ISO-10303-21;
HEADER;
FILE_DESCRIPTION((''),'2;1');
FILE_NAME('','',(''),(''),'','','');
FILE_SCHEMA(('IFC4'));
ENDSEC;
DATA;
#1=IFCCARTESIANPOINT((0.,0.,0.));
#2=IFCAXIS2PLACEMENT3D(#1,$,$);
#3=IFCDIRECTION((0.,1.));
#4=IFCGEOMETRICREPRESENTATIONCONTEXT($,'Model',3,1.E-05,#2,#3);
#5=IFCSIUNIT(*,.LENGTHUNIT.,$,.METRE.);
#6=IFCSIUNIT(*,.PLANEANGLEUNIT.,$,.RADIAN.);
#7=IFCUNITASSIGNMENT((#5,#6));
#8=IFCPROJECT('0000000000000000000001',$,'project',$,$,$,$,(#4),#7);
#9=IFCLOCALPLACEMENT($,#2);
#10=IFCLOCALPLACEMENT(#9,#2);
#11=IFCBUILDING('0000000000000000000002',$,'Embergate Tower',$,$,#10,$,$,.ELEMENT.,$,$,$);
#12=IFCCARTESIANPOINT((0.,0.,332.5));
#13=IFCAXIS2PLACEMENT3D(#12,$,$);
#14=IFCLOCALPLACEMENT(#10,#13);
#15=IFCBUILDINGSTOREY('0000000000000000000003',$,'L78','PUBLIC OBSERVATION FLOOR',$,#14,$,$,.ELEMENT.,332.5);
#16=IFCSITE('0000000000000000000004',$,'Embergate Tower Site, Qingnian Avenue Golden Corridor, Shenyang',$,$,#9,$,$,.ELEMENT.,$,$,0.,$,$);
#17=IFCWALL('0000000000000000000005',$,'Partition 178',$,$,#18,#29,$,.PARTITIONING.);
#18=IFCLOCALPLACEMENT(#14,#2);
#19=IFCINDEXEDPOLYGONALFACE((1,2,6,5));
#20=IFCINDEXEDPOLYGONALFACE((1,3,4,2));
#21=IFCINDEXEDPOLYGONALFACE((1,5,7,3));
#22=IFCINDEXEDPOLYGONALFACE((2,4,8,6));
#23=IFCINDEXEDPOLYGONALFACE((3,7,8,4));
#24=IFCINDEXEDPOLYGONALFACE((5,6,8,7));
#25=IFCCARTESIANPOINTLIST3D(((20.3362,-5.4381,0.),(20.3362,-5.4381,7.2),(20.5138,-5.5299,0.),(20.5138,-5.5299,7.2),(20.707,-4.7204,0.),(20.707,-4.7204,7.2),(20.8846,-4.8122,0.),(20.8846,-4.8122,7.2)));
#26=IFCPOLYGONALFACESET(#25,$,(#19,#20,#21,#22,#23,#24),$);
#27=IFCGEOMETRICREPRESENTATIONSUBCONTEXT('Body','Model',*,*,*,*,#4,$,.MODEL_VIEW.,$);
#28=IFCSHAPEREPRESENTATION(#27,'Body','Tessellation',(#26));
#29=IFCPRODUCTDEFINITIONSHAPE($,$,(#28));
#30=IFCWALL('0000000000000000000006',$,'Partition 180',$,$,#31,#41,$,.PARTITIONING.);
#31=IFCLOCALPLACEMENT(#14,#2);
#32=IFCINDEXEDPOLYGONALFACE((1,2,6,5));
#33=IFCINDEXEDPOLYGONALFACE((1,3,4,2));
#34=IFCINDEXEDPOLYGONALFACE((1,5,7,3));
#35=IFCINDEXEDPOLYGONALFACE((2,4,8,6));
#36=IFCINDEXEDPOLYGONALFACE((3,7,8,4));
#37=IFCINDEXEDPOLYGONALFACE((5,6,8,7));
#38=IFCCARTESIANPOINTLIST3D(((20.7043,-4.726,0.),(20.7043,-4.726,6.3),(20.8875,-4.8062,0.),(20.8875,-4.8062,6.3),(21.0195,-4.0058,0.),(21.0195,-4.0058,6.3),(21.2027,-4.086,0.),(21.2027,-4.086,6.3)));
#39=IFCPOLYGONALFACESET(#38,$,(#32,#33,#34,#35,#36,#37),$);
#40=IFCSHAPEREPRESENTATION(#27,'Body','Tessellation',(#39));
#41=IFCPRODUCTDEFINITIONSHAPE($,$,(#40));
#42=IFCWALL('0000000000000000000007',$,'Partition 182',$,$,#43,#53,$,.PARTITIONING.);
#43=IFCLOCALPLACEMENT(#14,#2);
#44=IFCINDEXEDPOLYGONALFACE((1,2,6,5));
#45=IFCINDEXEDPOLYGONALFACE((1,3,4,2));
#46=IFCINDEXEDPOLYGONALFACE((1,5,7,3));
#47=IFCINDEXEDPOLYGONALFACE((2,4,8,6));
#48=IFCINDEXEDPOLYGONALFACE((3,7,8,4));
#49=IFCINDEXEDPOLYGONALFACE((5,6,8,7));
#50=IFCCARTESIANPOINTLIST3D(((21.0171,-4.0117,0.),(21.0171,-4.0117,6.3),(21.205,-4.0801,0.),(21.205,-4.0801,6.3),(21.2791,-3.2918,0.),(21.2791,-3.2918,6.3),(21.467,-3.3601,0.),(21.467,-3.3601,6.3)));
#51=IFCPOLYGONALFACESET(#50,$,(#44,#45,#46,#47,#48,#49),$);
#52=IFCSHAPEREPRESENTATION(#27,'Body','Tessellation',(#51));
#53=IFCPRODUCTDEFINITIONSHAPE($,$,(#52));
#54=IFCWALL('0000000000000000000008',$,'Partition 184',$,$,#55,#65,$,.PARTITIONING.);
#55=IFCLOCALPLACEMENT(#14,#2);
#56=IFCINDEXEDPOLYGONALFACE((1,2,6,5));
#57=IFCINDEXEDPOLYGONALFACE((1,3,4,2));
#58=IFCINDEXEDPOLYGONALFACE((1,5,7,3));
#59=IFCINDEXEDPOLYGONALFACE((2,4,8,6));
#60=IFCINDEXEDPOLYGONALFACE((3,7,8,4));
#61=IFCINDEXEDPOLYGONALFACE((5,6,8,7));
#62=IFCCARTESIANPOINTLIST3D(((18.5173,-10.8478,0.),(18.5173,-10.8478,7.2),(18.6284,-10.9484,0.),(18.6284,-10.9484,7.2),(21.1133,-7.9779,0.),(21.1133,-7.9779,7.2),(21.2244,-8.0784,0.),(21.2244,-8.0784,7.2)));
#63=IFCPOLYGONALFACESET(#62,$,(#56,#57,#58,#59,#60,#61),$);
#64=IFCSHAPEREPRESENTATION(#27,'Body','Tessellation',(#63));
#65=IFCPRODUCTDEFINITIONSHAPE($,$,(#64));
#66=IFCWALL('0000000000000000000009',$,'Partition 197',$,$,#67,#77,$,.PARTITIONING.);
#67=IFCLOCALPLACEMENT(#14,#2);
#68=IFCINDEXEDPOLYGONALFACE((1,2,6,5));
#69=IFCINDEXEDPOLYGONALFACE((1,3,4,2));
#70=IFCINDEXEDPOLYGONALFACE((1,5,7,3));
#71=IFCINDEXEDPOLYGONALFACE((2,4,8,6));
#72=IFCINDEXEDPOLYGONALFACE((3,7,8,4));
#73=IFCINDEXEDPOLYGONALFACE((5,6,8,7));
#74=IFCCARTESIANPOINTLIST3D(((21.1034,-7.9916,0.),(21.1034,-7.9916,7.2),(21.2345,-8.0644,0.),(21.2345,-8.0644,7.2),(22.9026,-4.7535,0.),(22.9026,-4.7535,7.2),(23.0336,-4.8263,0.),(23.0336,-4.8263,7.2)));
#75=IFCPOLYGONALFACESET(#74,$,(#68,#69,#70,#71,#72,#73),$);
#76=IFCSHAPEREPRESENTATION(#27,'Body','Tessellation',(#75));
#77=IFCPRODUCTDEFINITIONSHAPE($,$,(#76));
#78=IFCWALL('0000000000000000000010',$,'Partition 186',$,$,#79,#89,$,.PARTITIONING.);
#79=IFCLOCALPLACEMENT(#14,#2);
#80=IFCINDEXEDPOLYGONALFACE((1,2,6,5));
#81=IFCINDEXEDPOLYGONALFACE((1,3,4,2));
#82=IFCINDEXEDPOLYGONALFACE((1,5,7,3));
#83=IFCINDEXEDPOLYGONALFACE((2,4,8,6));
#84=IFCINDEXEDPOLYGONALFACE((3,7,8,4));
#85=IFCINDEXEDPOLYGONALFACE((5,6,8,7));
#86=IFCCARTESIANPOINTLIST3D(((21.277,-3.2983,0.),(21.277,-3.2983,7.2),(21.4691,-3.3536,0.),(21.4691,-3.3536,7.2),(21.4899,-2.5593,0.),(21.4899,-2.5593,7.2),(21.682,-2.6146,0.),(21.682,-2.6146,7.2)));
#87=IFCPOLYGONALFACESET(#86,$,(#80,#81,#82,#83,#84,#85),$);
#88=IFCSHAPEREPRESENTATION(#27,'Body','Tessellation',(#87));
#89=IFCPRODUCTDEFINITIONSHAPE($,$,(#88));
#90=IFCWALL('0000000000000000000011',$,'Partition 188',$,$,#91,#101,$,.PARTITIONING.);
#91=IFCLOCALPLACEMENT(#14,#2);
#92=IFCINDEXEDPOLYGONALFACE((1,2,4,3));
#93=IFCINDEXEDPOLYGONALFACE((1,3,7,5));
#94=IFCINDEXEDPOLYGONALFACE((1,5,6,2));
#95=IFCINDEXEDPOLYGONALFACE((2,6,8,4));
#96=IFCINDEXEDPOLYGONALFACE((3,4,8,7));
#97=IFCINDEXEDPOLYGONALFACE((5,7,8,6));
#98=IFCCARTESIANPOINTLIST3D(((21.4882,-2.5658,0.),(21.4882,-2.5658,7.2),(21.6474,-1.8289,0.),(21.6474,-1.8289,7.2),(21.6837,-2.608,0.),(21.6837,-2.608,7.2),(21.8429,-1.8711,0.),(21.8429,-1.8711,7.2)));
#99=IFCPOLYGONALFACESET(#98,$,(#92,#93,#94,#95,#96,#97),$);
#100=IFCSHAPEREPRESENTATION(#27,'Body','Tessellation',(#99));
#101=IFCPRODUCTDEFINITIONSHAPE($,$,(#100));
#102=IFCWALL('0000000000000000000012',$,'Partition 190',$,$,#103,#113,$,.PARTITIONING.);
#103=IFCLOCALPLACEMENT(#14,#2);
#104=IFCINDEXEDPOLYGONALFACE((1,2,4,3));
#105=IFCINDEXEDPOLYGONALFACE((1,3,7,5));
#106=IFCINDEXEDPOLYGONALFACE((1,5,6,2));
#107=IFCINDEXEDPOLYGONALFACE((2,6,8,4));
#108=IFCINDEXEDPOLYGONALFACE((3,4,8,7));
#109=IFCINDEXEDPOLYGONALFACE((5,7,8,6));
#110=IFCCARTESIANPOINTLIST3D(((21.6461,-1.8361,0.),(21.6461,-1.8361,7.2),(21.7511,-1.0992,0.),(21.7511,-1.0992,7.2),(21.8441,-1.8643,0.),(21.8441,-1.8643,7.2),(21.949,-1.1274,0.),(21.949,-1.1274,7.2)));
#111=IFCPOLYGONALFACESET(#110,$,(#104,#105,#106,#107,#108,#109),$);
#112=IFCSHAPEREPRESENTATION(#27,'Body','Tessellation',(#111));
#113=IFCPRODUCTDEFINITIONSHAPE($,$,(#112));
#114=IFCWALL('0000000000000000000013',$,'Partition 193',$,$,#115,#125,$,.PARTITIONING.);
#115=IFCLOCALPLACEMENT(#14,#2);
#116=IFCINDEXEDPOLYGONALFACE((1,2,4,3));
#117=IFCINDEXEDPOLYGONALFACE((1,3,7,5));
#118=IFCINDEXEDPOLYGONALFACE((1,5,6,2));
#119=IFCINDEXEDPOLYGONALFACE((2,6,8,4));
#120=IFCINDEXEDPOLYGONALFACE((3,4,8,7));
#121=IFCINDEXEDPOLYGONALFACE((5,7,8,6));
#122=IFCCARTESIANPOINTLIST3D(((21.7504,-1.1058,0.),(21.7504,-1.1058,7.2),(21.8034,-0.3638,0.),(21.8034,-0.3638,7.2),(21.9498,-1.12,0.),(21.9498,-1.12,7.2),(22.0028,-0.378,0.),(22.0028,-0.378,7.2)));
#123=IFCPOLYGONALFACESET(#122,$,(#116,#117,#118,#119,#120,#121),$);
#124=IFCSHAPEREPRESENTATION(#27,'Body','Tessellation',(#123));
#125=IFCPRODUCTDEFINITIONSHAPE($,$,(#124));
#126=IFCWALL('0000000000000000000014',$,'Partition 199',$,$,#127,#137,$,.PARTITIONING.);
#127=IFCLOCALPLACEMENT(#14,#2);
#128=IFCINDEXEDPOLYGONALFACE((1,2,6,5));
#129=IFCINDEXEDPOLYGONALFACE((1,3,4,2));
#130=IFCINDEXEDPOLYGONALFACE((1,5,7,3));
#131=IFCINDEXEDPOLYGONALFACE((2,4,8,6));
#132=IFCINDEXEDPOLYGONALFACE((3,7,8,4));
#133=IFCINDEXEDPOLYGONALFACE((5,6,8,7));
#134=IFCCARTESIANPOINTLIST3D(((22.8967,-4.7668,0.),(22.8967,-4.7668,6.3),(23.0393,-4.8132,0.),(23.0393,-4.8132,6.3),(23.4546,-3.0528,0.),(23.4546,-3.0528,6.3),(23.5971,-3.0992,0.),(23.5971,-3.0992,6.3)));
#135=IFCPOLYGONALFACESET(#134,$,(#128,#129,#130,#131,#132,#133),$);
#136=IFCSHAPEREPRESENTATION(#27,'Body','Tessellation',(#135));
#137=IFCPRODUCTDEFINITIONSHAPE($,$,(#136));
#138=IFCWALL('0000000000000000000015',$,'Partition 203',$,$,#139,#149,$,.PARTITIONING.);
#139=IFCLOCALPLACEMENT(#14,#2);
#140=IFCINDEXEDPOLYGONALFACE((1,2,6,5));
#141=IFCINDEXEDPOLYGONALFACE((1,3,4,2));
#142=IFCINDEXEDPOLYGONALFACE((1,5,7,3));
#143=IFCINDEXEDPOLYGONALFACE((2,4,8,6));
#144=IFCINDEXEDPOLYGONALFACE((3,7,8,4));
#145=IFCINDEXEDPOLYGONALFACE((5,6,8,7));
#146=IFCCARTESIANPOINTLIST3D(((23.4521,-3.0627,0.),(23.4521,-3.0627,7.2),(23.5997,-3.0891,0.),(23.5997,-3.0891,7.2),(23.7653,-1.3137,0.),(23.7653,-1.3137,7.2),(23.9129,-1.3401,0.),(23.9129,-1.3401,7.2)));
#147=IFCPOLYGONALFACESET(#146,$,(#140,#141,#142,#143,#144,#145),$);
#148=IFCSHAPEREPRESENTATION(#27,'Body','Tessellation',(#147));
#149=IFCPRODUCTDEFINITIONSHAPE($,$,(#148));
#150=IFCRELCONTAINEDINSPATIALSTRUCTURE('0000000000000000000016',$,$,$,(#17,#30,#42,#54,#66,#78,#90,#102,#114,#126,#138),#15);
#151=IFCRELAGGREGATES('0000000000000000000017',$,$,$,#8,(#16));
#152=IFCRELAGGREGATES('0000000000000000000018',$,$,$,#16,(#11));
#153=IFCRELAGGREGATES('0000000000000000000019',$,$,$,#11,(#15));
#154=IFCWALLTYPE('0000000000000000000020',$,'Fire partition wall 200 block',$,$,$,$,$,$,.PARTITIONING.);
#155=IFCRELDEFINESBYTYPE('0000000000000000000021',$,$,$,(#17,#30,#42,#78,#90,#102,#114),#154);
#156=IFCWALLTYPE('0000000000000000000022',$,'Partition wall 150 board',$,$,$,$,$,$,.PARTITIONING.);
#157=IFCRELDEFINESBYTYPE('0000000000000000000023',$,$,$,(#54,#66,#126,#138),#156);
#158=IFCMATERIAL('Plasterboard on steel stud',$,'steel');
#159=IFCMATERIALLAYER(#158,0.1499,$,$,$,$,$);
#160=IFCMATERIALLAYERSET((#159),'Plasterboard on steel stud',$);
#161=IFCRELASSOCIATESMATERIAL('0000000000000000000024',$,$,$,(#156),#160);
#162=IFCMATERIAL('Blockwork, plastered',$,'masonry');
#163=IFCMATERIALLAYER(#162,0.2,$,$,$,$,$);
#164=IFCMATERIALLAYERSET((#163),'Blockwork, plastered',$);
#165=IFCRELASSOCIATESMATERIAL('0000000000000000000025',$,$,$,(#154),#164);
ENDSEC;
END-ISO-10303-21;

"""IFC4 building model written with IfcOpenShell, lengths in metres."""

from ifc_helpers import new_model, si_unit, direction, frame, frame_2d, origin, place, context, subcontext, project, spatial, rectangle, extrude, source, transform, mapped, material, layer, layer_set, type_object, element, save


model = new_model("IFC4")

# Units and contexts
model_context = context("Model", 3, precision=1e-05, world=origin(), true_north=direction((0.0, 1.0)))
body_context = subcontext(model_context, "Body", "Model", "MODEL_VIEW")
ifc_project = project(units=[si_unit("LENGTHUNIT", "METRE"), si_unit("PLANEANGLEUNIT", "RADIAN")], contexts=[model_context])

# Site, building, storey
site_placement = place(None, origin())
site = spatial("IfcSite", under=ifc_project, at=site_placement, Name="Embergate Tower Site, Qingnian Avenue Golden Corridor, Shenyang", CompositionType="ELEMENT", RefElevation=0.0)
building_placement = place(site_placement, origin())
building = spatial("IfcBuilding", under=site, at=building_placement, Name="Embergate Tower", CompositionType="ELEMENT")
storey_placement = place(building_placement, frame((0.0, 0.0, 332.5)))
storey = spatial("IfcBuildingStorey", under=building, at=storey_placement, Name="L78", Description="PUBLIC OBSERVATION FLOOR", CompositionType="ELEMENT", Elevation=332.5)

# Shared definitions
ifc_material_1 = material(Name="Plasterboard on steel stud", Category="steel")
ifc_layer_1 = layer(ifc_material_1, 0.1499)
ifc_layer_set_1 = layer_set([ifc_layer_1], Name="Plasterboard on steel stud")
wall_type_1 = type_object("IfcWallType", Name="Partition wall 150 board", PredefinedType="PARTITIONING", material=ifc_layer_set_1)

# Walls
ifc_material_2 = material(Name="Blockwork, plastered", Category="masonry")
ifc_layer_2 = layer(ifc_material_2, 0.2)
ifc_layer_set_2 = layer_set([ifc_layer_2], Name="Blockwork, plastered")
wall_type_2 = type_object("IfcWallType", Name="Fire partition wall 200 block", PredefinedType="PARTITIONING", material=ifc_layer_set_2)
shared_shape_1 = source(origin(), body_context, "Body", "SweptSolid", [
    extrude(rectangle(XDim=0.8079, YDim=0.2, at=frame_2d((0.4038, 0.0))), origin(), (0.0, 0.0, 1.0), 7.2),
])
wall_1_placement = place(storey_placement, frame((20.425, -5.4839, 0.0), z_axis=(0.0, 0.0, 1.0), x_axis=(0.45902, 0.888426, 0.0)))
element("IfcWall", 1, at=wall_1_placement, inside=storey, type_object=wall_type_2, Name="Partition 178", PredefinedType="PARTITIONING", context=body_context, shape_type="MappedRepresentation", body=[
    mapped(shared_shape_1, transform((0.0, 0.0, 0.0))),
])
shared_shape_2 = source(origin(), body_context, "Body", "SweptSolid", [
    extrude(rectangle(XDim=0.7861, YDim=0.2, at=frame_2d((0.3931, 0.0))), origin(), (0.0, 0.0, 1.0), 6.3),
])
wall_2_placement = place(storey_placement, frame((20.7959, -4.7661, 0.0), z_axis=(0.0, 0.0, 1.0), x_axis=(0.400917, 0.916115, 0.0)))
element("IfcWall", 2, at=wall_2_placement, inside=storey, type_object=wall_type_2, Name="Partition 180", PredefinedType="PARTITIONING", context=body_context, shape_type="MappedRepresentation", body=[
    mapped(shared_shape_2, transform((0.0, 0.0, 0.0))),
])
shared_shape_3 = source(origin(), body_context, "Body", "SweptSolid", [
    extrude(rectangle(XDim=0.7661, YDim=0.2, at=frame_2d((0.3831, 0.0))), origin(), (0.0, 0.0, 1.0), 6.3),
])
wall_3_placement = place(storey_placement, frame((21.1111, -4.0459, 0.0), z_axis=(0.0, 0.0, 1.0), x_axis=(0.341922, 0.939728, 0.0)))
element("IfcWall", 3, at=wall_3_placement, inside=storey, type_object=wall_type_2, Name="Partition 182", PredefinedType="PARTITIONING", context=body_context, shape_type="MappedRepresentation", body=[
    mapped(shared_shape_3, transform((0.0, 0.0, 0.0))),
])
shared_shape_4 = source(origin(), body_context, "Body", "SweptSolid", [
    extrude(rectangle(XDim=3.8699, YDim=0.1499, at=frame_2d((1.9351, 0.0))), origin(), (0.0, 0.0, 1.0), 7.2),
])
wall_4_placement = place(storey_placement, frame((21.1689, -8.0281, 0.0), z_axis=(0.0, 0.0, 1.0), x_axis=(-0.670827, -0.741613, 0.0)))
element("IfcWall", 4, at=wall_4_placement, inside=storey, type_object=wall_type_1, Name="Partition 184", PredefinedType="PARTITIONING", context=body_context, shape_type="MappedRepresentation", body=[
    mapped(shared_shape_4, transform((0.0, 0.0, 0.0))),
])
shared_shape_5 = source(origin(), body_context, "Body", "SweptSolid", [
    extrude(rectangle(XDim=3.7043, YDim=0.1499, at=frame_2d((1.8521, 0.0))), origin(), (0.0, 0.0, 1.0), 7.2),
])
wall_5_placement = place(storey_placement, frame((22.968, -4.79, 0.0), z_axis=(0.0, 0.0, 1.0), x_axis=(-0.485677, -0.874139, 0.0)))
element("IfcWall", 5, at=wall_5_placement, inside=storey, type_object=wall_type_1, Name="Partition 197", PredefinedType="PARTITIONING", context=body_context, shape_type="MappedRepresentation", body=[
    mapped(shared_shape_5, transform((0.0, 0.0, 0.0))),
])
shared_shape_6 = source(origin(), body_context, "Body", "SweptSolid", [
    extrude(rectangle(XDim=0.769, YDim=0.2, at=frame_2d((0.3845, 0.0))), origin(), (0.0, 0.0, 1.0), 7.2),
])
wall_6_placement = place(storey_placement, frame((21.373, -3.3259, 0.0), z_axis=(0.0, 0.0, 1.0), x_axis=(0.276817, 0.960923, 0.0)))
element("IfcWall", 6, at=wall_6_placement, inside=storey, type_object=wall_type_2, Name="Partition 186", PredefinedType="PARTITIONING", context=body_context, shape_type="MappedRepresentation", body=[
    mapped(shared_shape_6, transform((0.0, 0.0, 0.0))),
])
shared_shape_7 = source(origin(), body_context, "Body", "SweptSolid", [
    extrude(rectangle(XDim=0.7539, YDim=0.2, at=frame_2d((0.377, 0.0))), origin(), (0.0, 0.0, 1.0), 7.2),
])
wall_7_placement = place(storey_placement, frame((21.5859, -2.5869, 0.0), z_axis=(0.0, 0.0, 1.0), x_axis=(0.211166, 0.97745, 0.0)))
element("IfcWall", 7, at=wall_7_placement, inside=storey, type_object=wall_type_2, Name="Partition 188", PredefinedType="PARTITIONING", context=body_context, shape_type="MappedRepresentation", body=[
    mapped(shared_shape_7, transform((0.0, 0.0, 0.0))),
])
shared_shape_8 = source(origin(), body_context, "Body", "SweptSolid", [
    extrude(rectangle(XDim=0.7444, YDim=0.2, at=frame_2d((0.3721, 0.0))), origin(), (0.0, 0.0, 1.0), 7.2),
])
wall_8_placement = place(storey_placement, frame((21.7451, -1.8501, 0.0), z_axis=(0.0, 0.0, 1.0), x_axis=(0.141008, 0.990008, 0.0)))
element("IfcWall", 8, at=wall_8_placement, inside=storey, type_object=wall_type_2, Name="Partition 190", PredefinedType="PARTITIONING", context=body_context, shape_type="MappedRepresentation", body=[
    mapped(shared_shape_8, transform((0.0, 0.0, 0.0))),
])
shared_shape_9 = source(origin(), body_context, "Body", "SweptSolid", [
    extrude(rectangle(XDim=0.7439, YDim=0.2, at=frame_2d((0.3721, 0.0))), origin(), (0.0, 0.0, 1.0), 7.2),
])
wall_9_placement = place(storey_placement, frame((21.8501, -1.113, 0.0), z_axis=(0.0, 0.0, 1.0), x_axis=(0.071224, 0.99746, 0.0)))
element("IfcWall", 9, at=wall_9_placement, inside=storey, type_object=wall_type_2, Name="Partition 193", PredefinedType="PARTITIONING", context=body_context, shape_type="MappedRepresentation", body=[
    mapped(shared_shape_9, transform((0.0, 0.0, 0.0))),
])
shared_shape_10 = source(origin(), body_context, "Body", "SweptSolid", [
    extrude(rectangle(XDim=1.8025, YDim=0.1499, at=frame_2d((0.9014, 0.0))), origin(), (0.0, 0.0, 1.0), 6.3),
])
wall_10_placement = place(storey_placement, frame((23.5259, -3.0759, 0.0), z_axis=(0.0, 0.0, 1.0), x_axis=(-0.309475, -0.950908, 0.0)))
element("IfcWall", 10, at=wall_10_placement, inside=storey, type_object=wall_type_1, Name="Partition 199", PredefinedType="PARTITIONING", context=body_context, shape_type="MappedRepresentation", body=[
    mapped(shared_shape_10, transform((0.0, 0.0, 0.0))),
])
shared_shape_11 = source(origin(), body_context, "Body", "SweptSolid", [
    extrude(rectangle(XDim=1.7769, YDim=0.1499, at=frame_2d((0.8884, 0.0))), origin(), (0.0, 0.0, 1.0), 7.2),
])
wall_11_placement = place(storey_placement, frame((23.8391, -1.3269, 0.0), z_axis=(0.0, 0.0, 1.0), x_axis=(-0.176285, -0.984339, 0.0)))
element("IfcWall", 11, at=wall_11_placement, inside=storey, type_object=wall_type_1, Name="Partition 203", PredefinedType="PARTITIONING", context=body_context, shape_type="MappedRepresentation", body=[
    mapped(shared_shape_11, transform((0.0, 0.0, 0.0))),
])

save(model, "model.ifc")
